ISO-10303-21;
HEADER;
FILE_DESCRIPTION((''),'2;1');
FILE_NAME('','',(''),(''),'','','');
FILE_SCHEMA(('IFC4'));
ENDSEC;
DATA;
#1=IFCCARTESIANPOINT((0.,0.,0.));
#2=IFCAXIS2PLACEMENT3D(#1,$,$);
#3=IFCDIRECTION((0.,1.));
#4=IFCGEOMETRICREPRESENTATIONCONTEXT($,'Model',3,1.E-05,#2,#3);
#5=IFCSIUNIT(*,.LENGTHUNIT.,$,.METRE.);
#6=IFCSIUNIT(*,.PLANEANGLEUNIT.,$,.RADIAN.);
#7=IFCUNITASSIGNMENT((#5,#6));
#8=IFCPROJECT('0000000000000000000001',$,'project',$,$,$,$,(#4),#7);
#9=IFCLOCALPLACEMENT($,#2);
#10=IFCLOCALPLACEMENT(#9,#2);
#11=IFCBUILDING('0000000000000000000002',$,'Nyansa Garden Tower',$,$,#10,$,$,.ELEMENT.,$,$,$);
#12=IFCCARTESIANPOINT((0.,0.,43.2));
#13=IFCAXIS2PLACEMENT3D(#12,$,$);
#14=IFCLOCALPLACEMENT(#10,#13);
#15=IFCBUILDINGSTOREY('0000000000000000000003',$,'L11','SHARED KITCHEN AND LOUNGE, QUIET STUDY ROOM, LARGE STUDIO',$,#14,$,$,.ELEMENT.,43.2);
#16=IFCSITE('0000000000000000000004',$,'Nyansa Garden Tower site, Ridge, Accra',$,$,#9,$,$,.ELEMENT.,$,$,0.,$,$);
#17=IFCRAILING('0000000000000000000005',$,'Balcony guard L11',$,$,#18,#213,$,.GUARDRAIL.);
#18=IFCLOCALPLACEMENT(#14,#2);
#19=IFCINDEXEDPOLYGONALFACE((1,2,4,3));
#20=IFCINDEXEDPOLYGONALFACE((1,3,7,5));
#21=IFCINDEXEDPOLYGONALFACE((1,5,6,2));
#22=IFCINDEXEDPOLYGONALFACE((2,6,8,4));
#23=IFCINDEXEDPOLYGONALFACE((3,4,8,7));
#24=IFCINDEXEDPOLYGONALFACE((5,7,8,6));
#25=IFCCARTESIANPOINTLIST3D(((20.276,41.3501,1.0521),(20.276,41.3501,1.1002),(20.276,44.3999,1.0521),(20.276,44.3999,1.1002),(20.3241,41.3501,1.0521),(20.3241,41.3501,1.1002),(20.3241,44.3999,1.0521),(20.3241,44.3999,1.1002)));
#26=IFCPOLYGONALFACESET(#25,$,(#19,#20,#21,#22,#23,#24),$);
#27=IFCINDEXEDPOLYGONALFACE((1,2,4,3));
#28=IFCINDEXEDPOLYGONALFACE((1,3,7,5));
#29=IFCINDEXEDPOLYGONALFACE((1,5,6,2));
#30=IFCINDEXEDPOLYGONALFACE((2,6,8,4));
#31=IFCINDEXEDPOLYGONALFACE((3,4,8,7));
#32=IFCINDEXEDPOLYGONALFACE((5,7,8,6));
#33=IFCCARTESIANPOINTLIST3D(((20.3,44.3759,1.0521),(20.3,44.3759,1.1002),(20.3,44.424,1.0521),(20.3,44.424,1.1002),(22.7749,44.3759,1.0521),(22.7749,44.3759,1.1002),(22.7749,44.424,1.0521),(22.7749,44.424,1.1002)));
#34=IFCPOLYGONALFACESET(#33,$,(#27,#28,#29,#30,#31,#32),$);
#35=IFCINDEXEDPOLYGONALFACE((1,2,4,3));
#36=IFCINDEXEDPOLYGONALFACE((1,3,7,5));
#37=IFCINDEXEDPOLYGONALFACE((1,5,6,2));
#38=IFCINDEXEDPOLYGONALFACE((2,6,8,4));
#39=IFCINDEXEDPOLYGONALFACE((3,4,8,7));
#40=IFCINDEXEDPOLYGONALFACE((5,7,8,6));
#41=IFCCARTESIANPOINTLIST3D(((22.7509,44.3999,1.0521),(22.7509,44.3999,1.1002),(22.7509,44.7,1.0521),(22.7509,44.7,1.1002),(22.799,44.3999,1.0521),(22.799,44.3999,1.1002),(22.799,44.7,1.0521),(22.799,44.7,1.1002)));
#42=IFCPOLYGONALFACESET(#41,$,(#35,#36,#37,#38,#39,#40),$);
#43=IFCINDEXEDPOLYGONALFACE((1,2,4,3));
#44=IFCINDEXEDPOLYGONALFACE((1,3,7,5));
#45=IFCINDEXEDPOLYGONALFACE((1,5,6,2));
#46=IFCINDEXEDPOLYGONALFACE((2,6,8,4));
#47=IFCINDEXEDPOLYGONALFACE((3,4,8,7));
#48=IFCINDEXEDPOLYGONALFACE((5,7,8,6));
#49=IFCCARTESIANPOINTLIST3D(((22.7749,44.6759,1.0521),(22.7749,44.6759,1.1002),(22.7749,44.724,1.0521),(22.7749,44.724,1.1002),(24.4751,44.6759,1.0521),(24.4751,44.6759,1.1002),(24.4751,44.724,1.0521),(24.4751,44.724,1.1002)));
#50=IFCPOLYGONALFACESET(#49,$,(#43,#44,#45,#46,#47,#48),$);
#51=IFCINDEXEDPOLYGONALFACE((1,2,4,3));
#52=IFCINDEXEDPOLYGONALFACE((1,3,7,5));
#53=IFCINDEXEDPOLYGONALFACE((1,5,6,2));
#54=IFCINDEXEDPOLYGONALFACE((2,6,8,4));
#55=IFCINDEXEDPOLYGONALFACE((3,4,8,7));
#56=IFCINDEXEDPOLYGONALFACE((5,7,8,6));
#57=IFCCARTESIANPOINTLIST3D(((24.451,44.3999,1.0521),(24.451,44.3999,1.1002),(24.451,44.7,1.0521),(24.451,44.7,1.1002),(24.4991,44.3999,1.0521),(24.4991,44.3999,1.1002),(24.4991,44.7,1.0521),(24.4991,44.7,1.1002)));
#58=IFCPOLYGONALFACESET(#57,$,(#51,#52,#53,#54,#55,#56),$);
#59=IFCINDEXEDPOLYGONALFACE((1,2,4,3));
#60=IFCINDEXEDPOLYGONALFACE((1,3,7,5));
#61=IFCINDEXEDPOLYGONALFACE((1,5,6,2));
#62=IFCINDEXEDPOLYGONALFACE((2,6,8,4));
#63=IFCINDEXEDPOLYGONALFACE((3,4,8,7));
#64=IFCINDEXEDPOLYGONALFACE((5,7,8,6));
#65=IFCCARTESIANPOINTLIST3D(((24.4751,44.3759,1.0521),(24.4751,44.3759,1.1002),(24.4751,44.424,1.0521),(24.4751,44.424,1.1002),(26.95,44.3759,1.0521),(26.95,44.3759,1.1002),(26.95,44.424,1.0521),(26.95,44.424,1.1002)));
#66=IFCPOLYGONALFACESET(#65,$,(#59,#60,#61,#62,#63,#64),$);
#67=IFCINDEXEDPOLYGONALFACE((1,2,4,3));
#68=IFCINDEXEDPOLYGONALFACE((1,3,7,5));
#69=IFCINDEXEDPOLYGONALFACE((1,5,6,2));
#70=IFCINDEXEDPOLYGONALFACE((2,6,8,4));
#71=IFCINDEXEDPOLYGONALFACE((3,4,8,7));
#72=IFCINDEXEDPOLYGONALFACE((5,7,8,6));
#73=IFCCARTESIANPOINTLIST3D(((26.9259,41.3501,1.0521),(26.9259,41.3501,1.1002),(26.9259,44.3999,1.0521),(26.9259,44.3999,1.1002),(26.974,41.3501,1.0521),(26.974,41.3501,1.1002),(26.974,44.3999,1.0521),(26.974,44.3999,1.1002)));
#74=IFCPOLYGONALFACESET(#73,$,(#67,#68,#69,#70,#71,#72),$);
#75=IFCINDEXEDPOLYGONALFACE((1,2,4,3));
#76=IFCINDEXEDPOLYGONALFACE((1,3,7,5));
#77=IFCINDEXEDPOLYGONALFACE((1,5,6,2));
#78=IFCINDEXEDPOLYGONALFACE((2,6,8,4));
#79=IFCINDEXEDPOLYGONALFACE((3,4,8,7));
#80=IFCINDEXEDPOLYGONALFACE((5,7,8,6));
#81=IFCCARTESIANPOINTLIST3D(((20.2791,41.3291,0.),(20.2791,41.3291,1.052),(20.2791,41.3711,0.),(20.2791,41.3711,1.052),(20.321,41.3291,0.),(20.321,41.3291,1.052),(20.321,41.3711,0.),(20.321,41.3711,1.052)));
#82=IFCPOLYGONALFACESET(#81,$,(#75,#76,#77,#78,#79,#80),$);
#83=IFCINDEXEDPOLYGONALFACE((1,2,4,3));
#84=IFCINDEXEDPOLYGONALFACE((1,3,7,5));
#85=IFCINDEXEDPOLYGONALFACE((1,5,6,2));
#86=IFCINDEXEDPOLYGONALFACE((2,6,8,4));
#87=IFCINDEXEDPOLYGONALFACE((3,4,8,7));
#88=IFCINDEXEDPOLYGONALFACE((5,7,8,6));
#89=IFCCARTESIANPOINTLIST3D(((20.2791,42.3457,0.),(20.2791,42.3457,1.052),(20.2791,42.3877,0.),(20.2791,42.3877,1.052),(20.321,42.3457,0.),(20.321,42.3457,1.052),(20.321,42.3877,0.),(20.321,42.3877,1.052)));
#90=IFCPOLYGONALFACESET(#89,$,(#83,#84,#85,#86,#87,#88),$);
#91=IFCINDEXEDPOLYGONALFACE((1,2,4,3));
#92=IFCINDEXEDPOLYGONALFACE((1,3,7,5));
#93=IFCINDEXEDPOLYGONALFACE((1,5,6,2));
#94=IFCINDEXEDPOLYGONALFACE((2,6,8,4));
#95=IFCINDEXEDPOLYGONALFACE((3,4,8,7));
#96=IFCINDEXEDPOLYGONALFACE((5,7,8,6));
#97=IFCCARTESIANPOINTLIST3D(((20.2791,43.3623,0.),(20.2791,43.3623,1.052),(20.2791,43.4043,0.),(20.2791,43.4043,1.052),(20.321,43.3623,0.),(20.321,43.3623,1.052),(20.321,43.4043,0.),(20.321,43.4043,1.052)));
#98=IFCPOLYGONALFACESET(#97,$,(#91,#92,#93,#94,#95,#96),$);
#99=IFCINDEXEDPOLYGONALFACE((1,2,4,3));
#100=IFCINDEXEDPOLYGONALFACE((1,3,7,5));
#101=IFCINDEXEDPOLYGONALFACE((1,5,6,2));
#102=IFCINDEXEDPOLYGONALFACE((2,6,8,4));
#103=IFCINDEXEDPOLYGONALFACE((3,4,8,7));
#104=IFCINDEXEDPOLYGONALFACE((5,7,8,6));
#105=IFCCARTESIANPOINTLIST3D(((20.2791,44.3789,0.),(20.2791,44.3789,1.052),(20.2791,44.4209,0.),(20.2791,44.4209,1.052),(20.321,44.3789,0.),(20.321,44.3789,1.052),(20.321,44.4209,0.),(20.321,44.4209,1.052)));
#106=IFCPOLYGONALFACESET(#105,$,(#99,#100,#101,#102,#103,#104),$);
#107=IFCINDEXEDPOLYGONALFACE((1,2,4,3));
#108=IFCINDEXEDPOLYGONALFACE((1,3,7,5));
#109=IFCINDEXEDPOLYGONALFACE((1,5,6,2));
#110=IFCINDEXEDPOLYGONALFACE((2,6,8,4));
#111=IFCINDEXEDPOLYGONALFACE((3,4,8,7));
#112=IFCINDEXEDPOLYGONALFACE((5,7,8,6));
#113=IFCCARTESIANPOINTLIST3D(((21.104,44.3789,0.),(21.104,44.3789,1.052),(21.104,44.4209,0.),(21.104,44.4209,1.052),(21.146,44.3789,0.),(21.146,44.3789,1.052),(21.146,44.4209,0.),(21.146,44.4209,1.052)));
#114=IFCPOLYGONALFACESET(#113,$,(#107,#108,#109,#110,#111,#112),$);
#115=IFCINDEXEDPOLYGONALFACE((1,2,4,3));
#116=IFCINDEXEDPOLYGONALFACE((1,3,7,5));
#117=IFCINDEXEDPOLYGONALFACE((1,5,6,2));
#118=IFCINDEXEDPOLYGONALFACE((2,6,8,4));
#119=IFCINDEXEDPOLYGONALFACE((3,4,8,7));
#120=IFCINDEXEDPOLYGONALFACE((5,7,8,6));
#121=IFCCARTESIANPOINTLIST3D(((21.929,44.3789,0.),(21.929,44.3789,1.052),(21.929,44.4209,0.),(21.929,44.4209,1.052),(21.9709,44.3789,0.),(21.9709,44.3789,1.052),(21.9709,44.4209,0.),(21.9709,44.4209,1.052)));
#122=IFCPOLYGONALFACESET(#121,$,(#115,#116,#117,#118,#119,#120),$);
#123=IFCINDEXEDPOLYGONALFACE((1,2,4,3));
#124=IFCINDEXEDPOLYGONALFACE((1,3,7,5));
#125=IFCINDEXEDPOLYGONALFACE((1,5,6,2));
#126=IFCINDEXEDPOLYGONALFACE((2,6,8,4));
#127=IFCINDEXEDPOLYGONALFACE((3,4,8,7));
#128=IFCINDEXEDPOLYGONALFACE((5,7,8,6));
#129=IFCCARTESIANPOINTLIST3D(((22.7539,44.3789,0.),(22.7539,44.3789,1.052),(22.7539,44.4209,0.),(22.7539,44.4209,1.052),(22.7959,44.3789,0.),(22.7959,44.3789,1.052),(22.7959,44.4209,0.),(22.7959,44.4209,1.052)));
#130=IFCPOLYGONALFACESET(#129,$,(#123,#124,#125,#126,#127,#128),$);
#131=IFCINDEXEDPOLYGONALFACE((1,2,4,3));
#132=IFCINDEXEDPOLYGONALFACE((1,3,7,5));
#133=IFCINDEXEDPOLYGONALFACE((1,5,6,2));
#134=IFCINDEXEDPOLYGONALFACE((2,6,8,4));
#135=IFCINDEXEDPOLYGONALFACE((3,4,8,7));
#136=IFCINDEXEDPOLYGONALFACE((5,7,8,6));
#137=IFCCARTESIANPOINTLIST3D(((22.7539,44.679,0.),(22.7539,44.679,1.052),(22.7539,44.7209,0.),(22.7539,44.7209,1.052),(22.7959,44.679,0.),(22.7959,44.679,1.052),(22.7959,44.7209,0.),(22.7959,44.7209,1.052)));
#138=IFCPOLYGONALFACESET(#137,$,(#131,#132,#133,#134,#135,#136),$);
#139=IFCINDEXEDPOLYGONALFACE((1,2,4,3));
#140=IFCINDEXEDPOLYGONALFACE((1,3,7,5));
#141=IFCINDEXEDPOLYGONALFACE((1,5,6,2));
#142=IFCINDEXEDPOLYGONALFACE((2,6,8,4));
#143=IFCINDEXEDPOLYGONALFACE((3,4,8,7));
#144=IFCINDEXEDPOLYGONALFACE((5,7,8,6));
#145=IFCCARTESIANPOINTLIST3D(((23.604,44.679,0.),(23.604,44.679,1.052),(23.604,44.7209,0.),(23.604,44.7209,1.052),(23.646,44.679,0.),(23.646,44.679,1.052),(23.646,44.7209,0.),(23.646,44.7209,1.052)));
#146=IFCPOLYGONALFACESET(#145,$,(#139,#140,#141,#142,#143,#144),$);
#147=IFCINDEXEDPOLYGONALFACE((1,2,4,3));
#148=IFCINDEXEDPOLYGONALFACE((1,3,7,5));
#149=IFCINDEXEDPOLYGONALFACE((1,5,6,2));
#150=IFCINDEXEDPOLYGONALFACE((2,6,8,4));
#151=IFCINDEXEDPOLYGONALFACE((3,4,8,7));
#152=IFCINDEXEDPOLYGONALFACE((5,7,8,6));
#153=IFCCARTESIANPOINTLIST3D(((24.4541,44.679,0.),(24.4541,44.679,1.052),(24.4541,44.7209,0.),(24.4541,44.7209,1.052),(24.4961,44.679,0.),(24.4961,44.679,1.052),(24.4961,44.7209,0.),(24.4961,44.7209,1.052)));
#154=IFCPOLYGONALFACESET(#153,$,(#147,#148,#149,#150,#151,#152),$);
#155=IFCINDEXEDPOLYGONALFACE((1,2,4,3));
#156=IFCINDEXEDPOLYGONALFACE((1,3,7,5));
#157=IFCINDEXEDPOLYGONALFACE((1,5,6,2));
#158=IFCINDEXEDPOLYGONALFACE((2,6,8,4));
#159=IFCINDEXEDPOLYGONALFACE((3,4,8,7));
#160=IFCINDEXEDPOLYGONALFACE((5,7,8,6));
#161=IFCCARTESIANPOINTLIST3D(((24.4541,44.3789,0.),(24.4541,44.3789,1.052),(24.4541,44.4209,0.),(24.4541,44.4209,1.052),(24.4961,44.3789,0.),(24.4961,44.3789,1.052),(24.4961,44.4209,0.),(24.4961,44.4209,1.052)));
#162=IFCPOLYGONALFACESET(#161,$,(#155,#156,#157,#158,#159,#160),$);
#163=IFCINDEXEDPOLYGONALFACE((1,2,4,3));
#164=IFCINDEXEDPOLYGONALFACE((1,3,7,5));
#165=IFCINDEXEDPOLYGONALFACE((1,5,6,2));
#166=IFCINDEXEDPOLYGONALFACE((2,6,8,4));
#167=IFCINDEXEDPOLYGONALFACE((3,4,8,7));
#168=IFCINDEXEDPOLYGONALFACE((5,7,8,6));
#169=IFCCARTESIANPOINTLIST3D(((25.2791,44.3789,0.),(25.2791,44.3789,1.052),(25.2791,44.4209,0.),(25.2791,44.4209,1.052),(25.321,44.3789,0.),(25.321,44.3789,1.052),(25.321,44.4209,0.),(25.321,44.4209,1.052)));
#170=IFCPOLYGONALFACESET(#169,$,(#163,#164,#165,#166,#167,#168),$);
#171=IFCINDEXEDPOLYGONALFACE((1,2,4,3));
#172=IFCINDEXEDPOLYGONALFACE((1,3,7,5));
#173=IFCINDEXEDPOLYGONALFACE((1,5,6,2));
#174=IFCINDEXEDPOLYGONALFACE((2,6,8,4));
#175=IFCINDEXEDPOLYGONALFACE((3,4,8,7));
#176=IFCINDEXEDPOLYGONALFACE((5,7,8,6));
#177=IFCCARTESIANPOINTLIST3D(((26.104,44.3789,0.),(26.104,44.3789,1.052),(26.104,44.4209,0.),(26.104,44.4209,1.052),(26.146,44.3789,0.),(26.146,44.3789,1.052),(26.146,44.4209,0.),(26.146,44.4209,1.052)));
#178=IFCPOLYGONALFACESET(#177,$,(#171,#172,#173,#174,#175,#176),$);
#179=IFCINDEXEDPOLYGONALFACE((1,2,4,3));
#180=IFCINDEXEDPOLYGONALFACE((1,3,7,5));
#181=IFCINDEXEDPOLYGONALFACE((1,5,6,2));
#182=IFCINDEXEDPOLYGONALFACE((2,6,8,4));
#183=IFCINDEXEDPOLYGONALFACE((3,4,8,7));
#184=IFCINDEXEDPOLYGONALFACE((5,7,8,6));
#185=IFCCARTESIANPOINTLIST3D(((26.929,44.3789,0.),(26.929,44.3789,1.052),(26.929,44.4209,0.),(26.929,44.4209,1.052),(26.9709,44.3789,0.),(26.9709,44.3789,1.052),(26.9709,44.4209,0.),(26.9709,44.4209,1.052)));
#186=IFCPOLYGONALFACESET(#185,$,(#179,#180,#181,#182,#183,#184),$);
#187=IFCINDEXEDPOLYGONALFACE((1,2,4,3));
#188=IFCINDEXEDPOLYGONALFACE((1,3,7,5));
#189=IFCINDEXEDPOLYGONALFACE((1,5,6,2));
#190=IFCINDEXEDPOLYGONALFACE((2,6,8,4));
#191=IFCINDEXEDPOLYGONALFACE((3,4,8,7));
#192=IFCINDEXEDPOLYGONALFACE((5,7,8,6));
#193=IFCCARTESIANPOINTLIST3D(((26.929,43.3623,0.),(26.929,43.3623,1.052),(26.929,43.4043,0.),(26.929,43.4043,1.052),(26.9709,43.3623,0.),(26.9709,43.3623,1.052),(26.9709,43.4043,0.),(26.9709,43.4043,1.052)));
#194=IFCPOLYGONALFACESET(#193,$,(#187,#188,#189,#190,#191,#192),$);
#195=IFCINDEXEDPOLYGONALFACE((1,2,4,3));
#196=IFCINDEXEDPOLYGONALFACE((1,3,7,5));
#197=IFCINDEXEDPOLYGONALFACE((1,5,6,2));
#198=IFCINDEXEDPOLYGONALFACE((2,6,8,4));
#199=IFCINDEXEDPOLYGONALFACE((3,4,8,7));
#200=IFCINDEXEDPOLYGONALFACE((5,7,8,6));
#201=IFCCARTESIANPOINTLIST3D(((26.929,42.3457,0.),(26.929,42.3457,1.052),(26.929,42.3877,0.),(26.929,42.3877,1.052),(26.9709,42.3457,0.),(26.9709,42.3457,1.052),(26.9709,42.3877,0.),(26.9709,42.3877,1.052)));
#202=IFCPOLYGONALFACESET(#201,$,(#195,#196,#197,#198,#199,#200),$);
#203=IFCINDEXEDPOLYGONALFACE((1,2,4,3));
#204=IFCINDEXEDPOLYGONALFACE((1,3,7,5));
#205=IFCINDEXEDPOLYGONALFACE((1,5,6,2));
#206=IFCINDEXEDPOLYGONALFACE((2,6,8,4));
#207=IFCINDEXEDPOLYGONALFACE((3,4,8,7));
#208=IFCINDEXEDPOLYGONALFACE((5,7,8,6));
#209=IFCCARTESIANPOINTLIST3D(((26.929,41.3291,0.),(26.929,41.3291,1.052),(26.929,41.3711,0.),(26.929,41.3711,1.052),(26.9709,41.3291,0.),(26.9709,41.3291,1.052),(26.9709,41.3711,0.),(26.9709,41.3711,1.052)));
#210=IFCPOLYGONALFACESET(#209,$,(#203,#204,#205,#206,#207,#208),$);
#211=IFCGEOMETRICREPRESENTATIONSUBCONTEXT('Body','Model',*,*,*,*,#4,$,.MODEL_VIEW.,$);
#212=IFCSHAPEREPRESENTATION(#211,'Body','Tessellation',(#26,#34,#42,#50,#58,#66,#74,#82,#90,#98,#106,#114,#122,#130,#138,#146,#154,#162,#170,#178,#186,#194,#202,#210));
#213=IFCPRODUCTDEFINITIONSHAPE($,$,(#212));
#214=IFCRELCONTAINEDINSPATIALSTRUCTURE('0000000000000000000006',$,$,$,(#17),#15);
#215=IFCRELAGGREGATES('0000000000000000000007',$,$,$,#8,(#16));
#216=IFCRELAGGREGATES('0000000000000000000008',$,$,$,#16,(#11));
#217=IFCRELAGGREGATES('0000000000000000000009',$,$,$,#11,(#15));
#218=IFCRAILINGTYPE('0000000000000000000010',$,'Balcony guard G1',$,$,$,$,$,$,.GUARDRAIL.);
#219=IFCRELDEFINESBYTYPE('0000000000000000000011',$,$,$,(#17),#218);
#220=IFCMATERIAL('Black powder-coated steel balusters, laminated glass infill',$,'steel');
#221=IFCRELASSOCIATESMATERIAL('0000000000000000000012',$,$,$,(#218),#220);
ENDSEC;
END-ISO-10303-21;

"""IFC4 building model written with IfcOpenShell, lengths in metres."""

from ifc_helpers import new_model, si_unit, direction, frame, origin, origin_2d, place, context, subcontext, project, spatial, rectangle, extrude, material, type_object, element, save


model = new_model("IFC4")

# Units and contexts
model_context = context("Model", 3, precision=1e-05, world=origin(), true_north=direction((0.0, 1.0)))
body_context = subcontext(model_context, "Body", "Model", "MODEL_VIEW")
ifc_project = project(units=[si_unit("LENGTHUNIT", "METRE"), si_unit("PLANEANGLEUNIT", "RADIAN")], contexts=[model_context])

# Site, building, storey
site_placement = place(None, origin())
site = spatial("IfcSite", under=ifc_project, at=site_placement, Name="Nyansa Garden Tower site, Ridge, Accra", CompositionType="ELEMENT", RefElevation=0.0)
building_placement = place(site_placement, origin())
building = spatial("IfcBuilding", under=site, at=building_placement, Name="Nyansa Garden Tower", CompositionType="ELEMENT")
storey_placement = place(building_placement, frame((0.0, 0.0, 43.2)))
storey = spatial("IfcBuildingStorey", under=building, at=storey_placement, Name="L11", Description="SHARED KITCHEN AND LOUNGE, QUIET STUDY ROOM, LARGE STUDIO", CompositionType="ELEMENT", Elevation=43.2)

# Railing
ifc_material_1 = material(Name="Black powder-coated steel balusters, laminated glass infill", Category="steel")
railing_type = type_object("IfcRailingType", Name="Balcony guard G1", PredefinedType="GUARDRAIL", material=ifc_material_1)
railing_placement = place(storey_placement, frame((20.3, 41.3501, 0.0)))
element("IfcRailing", 1, at=railing_placement, inside=storey, type_object=railing_type, Name="Balcony guard L11", PredefinedType="GUARDRAIL", context=body_context, shape_type="SweptSolid", body=[
    extrude(rectangle(XDim=0.0481, YDim=0.0481, at=origin_2d()), frame((0.0, 0.0, 1.0762), z_axis=(0.0, 1.0, 0.0), x_axis=(-1.0, 0.0, 0.0)), (0.0, 0.0, 1.0), 3.0498),
    extrude(rectangle(XDim=0.0481, YDim=0.0481, at=origin_2d()), frame((0.0, 3.0498, 1.0762), z_axis=(1.0, 0.0, 0.0), x_axis=(0.0, 1.0, 0.0)), (0.0, 0.0, 1.0), 2.4749),
    extrude(rectangle(XDim=0.0481, YDim=0.0481, at=origin_2d()), frame((2.4749, 3.0498, 1.0762), z_axis=(0.0, 1.0, 0.0), x_axis=(-1.0, 0.0, 0.0)), (0.0, 0.0, 1.0), 0.3),
    extrude(rectangle(XDim=0.0481, YDim=0.0481, at=origin_2d()), frame((2.4749, 3.3499, 1.0762), z_axis=(1.0, 0.0, 0.0), x_axis=(0.0, 1.0, 0.0)), (0.0, 0.0, 1.0), 1.7002),
    extrude(rectangle(XDim=0.0481, YDim=0.0481, at=origin_2d()), frame((4.175, 3.3499, 1.0762), z_axis=(0.0, -1.0, 0.0), x_axis=(1.0, 0.0, 0.0)), (0.0, 0.0, 1.0), 0.3),
    extrude(rectangle(XDim=0.0481, YDim=0.0481, at=origin_2d()), frame((4.175, 3.0498, 1.0762), z_axis=(1.0, 0.0, 0.0), x_axis=(0.0, 1.0, 0.0)), (0.0, 0.0, 1.0), 2.4749),
    extrude(rectangle(XDim=0.0481, YDim=0.0481, at=origin_2d()), frame((6.6499, 3.0498, 1.0762), z_axis=(0.0, -1.0, 0.0), x_axis=(1.0, 0.0, 0.0)), (0.0, 0.0, 1.0), 3.0498),
    extrude(rectangle(XDim=0.042, YDim=0.042, at=origin_2d()), origin(), (0.0, 0.0, 1.0), 1.052),
    extrude(rectangle(XDim=0.042, YDim=0.042, at=origin_2d()), frame((0.0, 1.0166, 0.0)), (0.0, 0.0, 1.0), 1.052),
    extrude(rectangle(XDim=0.042, YDim=0.042, at=origin_2d()), frame((0.0, 2.0332, 0.0)), (0.0, 0.0, 1.0), 1.052),
    extrude(rectangle(XDim=0.042, YDim=0.042, at=origin_2d()), frame((0.0, 3.0498, 0.0)), (0.0, 0.0, 1.0), 1.052),
    extrude(rectangle(XDim=0.042, YDim=0.042, at=origin_2d()), frame((0.825, 3.0498, 0.0)), (0.0, 0.0, 1.0), 1.052),
    extrude(rectangle(XDim=0.042, YDim=0.042, at=origin_2d()), frame((1.6499, 3.0498, 0.0)), (0.0, 0.0, 1.0), 1.052),
    extrude(rectangle(XDim=0.042, YDim=0.042, at=origin_2d()), frame((2.4749, 3.0498, 0.0)), (0.0, 0.0, 1.0), 1.052),
    extrude(rectangle(XDim=0.042, YDim=0.042, at=origin_2d()), frame((2.4749, 3.3499, 0.0)), (0.0, 0.0, 1.0), 1.052),
    extrude(rectangle(XDim=0.042, YDim=0.042, at=origin_2d()), frame((3.325, 3.3499, 0.0)), (0.0, 0.0, 1.0), 1.052),
    extrude(rectangle(XDim=0.042, YDim=0.042, at=origin_2d()), frame((4.175, 3.3499, 0.0)), (0.0, 0.0, 1.0), 1.052),
    extrude(rectangle(XDim=0.042, YDim=0.042, at=origin_2d()), frame((4.175, 3.0498, 0.0)), (0.0, 0.0, 1.0), 1.052),
    extrude(rectangle(XDim=0.042, YDim=0.042, at=origin_2d()), frame((5.0, 3.0498, 0.0)), (0.0, 0.0, 1.0), 1.052),
    extrude(rectangle(XDim=0.042, YDim=0.042, at=origin_2d()), frame((5.825, 3.0498, 0.0)), (0.0, 0.0, 1.0), 1.052),
    extrude(rectangle(XDim=0.042, YDim=0.042, at=origin_2d()), frame((6.6499, 3.0498, 0.0)), (0.0, 0.0, 1.0), 1.052),
    extrude(rectangle(XDim=0.042, YDim=0.042, at=origin_2d()), frame((6.6499, 2.0332, 0.0)), (0.0, 0.0, 1.0), 1.052),
    extrude(rectangle(XDim=0.042, YDim=0.042, at=origin_2d()), frame((6.6499, 1.0166, 0.0)), (0.0, 0.0, 1.0), 1.052),
    extrude(rectangle(XDim=0.042, YDim=0.042, at=origin_2d()), frame((6.6499, 0.0, 0.0)), (0.0, 0.0, 1.0), 1.052),
])

save(model, "model.ifc")
